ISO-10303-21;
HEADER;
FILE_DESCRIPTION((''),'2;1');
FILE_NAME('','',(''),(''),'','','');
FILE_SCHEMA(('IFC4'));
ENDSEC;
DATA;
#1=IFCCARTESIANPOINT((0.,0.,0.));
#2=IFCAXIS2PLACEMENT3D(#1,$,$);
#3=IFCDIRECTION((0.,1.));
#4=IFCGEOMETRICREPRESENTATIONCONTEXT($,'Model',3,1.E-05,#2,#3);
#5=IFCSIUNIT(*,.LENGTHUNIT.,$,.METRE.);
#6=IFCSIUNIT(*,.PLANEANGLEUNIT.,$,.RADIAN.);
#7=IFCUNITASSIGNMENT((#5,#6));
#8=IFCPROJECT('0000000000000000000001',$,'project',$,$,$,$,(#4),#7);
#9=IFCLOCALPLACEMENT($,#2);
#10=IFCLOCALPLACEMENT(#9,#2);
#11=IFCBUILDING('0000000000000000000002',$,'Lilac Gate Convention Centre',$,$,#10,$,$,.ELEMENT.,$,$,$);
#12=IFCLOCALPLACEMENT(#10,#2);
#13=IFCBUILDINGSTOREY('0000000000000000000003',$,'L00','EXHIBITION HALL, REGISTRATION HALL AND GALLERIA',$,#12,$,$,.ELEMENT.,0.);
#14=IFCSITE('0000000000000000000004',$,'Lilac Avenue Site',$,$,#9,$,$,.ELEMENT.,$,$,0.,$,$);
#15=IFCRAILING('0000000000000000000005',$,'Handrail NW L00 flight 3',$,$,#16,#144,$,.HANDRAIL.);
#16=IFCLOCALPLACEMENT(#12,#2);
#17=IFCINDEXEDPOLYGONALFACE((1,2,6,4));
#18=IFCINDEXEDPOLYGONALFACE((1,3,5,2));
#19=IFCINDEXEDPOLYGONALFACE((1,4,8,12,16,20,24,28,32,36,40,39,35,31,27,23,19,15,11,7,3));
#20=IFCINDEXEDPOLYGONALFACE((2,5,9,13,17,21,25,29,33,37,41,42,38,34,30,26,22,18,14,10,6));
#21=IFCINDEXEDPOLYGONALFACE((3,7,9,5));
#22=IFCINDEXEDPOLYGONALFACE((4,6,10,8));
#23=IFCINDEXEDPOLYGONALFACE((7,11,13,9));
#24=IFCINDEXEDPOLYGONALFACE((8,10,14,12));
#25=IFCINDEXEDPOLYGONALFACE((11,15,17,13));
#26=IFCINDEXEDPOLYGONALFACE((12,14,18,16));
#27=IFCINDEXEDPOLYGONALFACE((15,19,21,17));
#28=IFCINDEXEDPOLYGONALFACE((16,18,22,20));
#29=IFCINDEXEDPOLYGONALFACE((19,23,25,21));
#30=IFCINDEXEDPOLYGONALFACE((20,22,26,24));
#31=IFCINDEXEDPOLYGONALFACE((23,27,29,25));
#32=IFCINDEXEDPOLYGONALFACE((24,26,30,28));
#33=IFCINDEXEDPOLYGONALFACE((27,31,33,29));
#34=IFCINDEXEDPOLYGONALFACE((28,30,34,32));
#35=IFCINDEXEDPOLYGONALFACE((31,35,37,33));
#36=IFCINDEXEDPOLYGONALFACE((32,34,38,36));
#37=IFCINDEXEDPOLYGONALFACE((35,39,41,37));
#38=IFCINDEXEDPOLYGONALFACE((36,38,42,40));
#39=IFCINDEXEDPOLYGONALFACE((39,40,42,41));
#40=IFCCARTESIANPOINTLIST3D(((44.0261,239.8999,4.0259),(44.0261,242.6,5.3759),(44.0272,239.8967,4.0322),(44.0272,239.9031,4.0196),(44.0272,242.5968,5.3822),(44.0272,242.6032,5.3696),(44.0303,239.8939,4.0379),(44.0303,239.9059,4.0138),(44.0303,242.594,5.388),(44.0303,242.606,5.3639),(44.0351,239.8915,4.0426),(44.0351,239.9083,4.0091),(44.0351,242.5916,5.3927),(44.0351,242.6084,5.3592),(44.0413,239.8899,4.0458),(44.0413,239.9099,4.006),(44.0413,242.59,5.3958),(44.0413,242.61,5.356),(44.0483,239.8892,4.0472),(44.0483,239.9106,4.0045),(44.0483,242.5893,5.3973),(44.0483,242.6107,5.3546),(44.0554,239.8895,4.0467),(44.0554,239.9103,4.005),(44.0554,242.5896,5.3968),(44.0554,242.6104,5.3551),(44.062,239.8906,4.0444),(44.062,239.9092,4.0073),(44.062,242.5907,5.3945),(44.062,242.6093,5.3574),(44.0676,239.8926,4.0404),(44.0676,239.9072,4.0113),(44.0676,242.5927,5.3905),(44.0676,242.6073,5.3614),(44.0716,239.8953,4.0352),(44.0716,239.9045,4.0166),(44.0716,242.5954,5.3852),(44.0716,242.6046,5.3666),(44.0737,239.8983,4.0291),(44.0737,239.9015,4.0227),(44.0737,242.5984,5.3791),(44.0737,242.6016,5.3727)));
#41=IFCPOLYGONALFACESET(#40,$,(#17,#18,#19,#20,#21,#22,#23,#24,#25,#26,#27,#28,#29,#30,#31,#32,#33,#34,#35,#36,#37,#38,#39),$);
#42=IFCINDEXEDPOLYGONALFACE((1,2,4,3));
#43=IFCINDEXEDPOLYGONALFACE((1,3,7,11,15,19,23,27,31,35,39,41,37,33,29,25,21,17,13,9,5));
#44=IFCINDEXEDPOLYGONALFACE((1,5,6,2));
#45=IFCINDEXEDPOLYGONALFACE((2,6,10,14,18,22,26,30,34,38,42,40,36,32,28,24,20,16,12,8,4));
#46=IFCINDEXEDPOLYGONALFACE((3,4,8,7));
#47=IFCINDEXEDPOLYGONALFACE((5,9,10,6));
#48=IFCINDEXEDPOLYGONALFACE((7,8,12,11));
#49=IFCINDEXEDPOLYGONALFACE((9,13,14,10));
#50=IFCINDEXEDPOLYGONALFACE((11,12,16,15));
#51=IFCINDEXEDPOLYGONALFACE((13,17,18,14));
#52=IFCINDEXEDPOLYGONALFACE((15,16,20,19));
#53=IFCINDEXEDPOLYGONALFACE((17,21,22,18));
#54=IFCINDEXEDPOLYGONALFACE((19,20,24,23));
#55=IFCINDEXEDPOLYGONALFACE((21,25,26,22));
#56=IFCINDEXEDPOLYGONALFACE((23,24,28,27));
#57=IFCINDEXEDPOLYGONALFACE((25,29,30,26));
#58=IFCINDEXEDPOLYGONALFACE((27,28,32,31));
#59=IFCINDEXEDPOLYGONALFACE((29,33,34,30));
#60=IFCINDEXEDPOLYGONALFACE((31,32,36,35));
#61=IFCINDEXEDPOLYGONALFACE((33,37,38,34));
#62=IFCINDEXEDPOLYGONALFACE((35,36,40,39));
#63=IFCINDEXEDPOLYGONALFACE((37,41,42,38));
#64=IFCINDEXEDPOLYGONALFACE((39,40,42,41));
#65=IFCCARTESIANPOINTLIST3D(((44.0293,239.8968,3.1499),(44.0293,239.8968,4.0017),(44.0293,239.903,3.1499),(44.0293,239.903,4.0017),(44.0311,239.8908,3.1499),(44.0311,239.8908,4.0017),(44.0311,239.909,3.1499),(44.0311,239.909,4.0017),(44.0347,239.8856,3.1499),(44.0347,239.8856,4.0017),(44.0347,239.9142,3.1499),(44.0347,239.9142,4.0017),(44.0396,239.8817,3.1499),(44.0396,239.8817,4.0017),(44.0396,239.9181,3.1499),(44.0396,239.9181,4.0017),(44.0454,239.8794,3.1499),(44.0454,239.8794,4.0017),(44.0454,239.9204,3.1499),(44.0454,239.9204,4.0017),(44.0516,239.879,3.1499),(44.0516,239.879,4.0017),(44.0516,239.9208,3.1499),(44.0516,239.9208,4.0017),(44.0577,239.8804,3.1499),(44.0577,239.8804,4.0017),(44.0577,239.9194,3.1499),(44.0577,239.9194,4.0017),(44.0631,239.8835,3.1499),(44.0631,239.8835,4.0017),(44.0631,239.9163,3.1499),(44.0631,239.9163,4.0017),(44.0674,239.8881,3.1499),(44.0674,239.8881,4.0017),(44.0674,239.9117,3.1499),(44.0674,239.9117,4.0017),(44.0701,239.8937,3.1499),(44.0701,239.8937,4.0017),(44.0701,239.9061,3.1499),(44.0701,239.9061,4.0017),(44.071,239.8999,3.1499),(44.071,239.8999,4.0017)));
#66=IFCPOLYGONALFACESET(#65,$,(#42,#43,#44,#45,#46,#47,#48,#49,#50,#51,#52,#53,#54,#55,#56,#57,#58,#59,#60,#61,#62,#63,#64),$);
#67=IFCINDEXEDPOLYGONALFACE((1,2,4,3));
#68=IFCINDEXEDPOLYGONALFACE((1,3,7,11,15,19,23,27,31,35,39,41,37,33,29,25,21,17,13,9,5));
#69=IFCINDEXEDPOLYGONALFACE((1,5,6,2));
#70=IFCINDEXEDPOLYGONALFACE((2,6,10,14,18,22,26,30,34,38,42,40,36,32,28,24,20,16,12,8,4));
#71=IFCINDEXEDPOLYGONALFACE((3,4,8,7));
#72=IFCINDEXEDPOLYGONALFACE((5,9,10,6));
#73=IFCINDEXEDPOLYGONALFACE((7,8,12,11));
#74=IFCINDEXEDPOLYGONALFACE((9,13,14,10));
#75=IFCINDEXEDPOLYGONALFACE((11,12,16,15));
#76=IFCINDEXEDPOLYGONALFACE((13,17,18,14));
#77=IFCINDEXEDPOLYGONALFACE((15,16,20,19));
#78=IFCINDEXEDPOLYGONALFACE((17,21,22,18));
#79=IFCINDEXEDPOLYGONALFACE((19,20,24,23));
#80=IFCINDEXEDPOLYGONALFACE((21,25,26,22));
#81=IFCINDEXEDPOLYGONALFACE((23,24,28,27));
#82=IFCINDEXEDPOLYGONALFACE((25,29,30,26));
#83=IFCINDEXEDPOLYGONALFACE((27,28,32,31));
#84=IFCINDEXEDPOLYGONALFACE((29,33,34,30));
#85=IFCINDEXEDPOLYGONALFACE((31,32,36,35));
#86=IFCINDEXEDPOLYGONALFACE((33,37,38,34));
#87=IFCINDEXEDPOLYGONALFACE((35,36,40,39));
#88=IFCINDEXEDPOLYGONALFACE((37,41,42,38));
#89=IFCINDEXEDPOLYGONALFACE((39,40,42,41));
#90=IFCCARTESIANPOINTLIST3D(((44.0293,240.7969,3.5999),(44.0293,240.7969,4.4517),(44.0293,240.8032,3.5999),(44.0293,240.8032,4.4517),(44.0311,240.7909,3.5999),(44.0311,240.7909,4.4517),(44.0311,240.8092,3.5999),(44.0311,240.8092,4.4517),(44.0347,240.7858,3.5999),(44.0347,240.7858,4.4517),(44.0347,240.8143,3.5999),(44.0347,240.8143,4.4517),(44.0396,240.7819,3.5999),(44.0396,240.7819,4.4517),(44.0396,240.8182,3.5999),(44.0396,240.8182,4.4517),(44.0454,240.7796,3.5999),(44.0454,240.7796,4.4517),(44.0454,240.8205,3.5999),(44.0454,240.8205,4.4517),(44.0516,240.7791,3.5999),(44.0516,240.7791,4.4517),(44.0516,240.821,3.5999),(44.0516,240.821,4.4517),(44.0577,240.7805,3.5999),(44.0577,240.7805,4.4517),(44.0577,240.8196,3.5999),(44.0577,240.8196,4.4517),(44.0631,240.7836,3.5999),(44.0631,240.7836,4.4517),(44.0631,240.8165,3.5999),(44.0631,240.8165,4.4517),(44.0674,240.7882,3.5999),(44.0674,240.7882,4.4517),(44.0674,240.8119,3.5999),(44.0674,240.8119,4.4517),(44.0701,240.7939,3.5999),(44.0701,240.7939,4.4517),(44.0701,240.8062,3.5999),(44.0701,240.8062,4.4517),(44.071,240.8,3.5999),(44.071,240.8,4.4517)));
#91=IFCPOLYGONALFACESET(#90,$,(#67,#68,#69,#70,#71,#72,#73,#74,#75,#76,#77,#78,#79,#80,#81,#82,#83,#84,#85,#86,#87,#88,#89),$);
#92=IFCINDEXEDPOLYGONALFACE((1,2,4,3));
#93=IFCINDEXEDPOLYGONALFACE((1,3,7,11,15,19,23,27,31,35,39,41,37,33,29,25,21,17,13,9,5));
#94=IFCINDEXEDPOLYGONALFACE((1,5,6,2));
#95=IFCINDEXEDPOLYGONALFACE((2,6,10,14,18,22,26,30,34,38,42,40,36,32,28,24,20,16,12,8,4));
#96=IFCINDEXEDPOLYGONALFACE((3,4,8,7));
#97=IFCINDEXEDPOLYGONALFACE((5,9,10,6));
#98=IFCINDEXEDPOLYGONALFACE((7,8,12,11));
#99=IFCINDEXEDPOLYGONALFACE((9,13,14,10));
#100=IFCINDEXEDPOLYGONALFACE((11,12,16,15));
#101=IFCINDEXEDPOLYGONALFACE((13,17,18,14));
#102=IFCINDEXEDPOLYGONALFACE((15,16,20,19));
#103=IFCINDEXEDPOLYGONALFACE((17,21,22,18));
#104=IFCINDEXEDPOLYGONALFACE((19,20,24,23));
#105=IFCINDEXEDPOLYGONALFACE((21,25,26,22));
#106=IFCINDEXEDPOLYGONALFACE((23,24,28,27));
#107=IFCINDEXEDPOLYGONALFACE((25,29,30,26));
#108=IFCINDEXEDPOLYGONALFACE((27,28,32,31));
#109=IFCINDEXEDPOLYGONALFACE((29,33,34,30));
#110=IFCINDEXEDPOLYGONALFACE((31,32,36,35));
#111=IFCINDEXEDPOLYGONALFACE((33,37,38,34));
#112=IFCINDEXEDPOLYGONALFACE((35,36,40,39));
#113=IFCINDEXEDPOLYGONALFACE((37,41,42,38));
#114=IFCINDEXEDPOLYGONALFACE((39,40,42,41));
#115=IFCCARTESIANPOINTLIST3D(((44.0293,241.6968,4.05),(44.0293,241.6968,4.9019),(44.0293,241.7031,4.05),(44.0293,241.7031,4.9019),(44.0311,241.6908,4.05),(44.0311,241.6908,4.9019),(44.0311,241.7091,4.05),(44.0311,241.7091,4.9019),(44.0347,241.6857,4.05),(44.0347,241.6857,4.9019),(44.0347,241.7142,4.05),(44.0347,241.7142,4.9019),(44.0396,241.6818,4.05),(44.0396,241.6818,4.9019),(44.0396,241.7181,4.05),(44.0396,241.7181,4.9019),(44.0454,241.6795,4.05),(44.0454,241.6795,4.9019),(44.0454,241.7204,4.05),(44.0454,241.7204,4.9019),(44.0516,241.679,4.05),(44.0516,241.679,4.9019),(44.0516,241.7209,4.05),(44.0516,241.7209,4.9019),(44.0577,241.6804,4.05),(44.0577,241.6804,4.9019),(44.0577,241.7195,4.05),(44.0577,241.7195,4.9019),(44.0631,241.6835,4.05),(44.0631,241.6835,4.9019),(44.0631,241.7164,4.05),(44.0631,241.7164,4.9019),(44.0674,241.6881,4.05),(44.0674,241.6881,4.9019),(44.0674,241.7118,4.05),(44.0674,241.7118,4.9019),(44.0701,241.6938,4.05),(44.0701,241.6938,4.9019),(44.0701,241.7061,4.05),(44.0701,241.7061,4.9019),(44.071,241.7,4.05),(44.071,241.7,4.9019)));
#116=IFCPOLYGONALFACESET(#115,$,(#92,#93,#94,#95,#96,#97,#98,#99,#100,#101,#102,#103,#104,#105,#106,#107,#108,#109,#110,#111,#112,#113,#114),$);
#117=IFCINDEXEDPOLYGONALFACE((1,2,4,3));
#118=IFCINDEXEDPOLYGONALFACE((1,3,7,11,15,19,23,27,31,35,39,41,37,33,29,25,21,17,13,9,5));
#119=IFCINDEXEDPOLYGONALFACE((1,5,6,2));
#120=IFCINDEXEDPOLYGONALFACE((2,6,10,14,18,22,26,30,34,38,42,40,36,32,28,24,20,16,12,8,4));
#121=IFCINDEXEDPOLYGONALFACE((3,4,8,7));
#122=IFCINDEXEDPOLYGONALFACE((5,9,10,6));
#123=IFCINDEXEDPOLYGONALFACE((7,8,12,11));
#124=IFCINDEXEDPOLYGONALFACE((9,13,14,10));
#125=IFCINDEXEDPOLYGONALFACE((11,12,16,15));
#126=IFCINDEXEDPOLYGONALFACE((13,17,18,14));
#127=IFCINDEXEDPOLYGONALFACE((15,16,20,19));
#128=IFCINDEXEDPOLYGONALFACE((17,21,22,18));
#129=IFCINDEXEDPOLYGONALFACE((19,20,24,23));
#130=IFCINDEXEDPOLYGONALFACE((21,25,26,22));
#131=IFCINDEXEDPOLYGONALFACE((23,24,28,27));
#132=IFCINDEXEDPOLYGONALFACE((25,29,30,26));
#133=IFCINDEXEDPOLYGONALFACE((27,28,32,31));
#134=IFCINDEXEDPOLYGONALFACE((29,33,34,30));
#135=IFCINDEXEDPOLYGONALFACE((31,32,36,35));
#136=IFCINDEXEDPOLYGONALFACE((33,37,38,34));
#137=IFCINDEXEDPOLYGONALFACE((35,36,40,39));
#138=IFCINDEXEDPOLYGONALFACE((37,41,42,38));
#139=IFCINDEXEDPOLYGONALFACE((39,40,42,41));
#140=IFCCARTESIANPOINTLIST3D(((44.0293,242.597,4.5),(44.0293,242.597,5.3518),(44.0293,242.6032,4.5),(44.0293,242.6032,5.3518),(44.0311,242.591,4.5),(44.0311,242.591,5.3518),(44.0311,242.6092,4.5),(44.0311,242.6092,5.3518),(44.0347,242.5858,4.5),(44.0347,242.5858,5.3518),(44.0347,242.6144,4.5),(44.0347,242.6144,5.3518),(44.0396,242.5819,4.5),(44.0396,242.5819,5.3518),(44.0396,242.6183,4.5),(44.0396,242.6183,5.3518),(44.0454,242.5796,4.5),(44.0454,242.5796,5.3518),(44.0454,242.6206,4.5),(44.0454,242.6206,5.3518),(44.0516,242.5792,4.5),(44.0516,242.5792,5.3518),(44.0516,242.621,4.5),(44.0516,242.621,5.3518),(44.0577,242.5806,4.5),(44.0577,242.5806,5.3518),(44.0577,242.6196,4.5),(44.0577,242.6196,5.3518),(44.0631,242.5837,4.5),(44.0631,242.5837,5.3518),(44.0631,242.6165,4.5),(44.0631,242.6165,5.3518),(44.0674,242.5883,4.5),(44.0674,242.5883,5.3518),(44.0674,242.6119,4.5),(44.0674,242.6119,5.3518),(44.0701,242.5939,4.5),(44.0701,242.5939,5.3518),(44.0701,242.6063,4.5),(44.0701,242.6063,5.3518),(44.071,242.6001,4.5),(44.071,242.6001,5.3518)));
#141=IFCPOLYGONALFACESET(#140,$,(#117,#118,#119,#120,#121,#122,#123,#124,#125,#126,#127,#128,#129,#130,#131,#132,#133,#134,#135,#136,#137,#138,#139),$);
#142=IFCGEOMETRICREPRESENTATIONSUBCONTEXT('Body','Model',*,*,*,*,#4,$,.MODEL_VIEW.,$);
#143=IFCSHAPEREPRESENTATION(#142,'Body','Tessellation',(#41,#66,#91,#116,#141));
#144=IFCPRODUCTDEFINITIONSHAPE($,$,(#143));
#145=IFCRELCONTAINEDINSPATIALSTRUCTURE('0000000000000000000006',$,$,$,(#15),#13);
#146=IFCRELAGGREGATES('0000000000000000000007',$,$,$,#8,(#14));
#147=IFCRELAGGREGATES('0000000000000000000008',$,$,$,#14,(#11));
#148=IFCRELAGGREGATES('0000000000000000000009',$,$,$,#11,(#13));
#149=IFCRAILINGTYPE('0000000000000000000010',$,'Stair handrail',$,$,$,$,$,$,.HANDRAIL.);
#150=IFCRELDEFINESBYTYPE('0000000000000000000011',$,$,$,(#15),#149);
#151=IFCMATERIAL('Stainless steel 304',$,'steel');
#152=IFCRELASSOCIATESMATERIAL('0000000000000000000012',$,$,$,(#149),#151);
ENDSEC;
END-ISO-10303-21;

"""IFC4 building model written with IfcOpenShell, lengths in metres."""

from ifc_helpers import new_model, si_unit, direction, frame, origin, origin_2d, place, context, subcontext, project, spatial, circle, extrude, material, type_object, element, save


model = new_model("IFC4")

# Units and contexts
model_context = context("Model", 3, precision=1e-05, world=origin(), true_north=direction((0.0, 1.0)))
body_context = subcontext(model_context, "Body", "Model", "MODEL_VIEW")
ifc_project = project(units=[si_unit("LENGTHUNIT", "METRE"), si_unit("PLANEANGLEUNIT", "RADIAN")], contexts=[model_context])

# Site, building, storey
site_placement = place(None, origin())
site = spatial("IfcSite", under=ifc_project, at=site_placement, Name="Lilac Avenue Site", CompositionType="ELEMENT", RefElevation=0.0)
building_placement = place(site_placement, origin())
building = spatial("IfcBuilding", under=site, at=building_placement, Name="Lilac Gate Convention Centre", CompositionType="ELEMENT")
storey_placement = place(building_placement, origin())
storey = spatial("IfcBuildingStorey", under=building, at=storey_placement, Name="L00", Description="EXHIBITION HALL, REGISTRATION HALL AND GALLERIA", CompositionType="ELEMENT", Elevation=0.0)

# Railing
ifc_material_1 = material(Name="Stainless steel 304", Category="steel")
railing_type = type_object("IfcRailingType", Name="Stair handrail", PredefinedType="HANDRAIL", material=ifc_material_1)
for number, where, name in (
    (1, (44.05, 239.8999, 3.1499), "Handrail NW L00 flight 3"),
):
    element("IfcRailing", number, at=place(storey_placement, frame(where)), inside=storey, type_object=railing_type, Name=name, PredefinedType="HANDRAIL", context=body_context, shape_type="SweptSolid", body=[
        extrude(circle(Radius=0.0239, at=origin_2d()), frame((0.0, 0.0, 0.876), z_axis=(0.0, 0.894427, 0.447214), x_axis=(-1.0, 0.0, 0.0)), (0.0, 0.0, 1.0), 3.0188),
        extrude(circle(Radius=0.021, at=origin_2d()), origin(), (0.0, 0.0, 1.0), 0.8518),
        extrude(circle(Radius=0.021, at=origin_2d()), frame((0.0, 0.9001, 0.45)), (0.0, 0.0, 1.0), 0.8518),
        extrude(circle(Radius=0.021, at=origin_2d()), frame((0.0, 1.8, 0.9001)), (0.0, 0.0, 1.0), 0.8518),
        extrude(circle(Radius=0.021, at=origin_2d()), frame((0.0, 2.7002, 1.3501)), (0.0, 0.0, 1.0), 0.8518),
    ])

save(model, "model.ifc")
